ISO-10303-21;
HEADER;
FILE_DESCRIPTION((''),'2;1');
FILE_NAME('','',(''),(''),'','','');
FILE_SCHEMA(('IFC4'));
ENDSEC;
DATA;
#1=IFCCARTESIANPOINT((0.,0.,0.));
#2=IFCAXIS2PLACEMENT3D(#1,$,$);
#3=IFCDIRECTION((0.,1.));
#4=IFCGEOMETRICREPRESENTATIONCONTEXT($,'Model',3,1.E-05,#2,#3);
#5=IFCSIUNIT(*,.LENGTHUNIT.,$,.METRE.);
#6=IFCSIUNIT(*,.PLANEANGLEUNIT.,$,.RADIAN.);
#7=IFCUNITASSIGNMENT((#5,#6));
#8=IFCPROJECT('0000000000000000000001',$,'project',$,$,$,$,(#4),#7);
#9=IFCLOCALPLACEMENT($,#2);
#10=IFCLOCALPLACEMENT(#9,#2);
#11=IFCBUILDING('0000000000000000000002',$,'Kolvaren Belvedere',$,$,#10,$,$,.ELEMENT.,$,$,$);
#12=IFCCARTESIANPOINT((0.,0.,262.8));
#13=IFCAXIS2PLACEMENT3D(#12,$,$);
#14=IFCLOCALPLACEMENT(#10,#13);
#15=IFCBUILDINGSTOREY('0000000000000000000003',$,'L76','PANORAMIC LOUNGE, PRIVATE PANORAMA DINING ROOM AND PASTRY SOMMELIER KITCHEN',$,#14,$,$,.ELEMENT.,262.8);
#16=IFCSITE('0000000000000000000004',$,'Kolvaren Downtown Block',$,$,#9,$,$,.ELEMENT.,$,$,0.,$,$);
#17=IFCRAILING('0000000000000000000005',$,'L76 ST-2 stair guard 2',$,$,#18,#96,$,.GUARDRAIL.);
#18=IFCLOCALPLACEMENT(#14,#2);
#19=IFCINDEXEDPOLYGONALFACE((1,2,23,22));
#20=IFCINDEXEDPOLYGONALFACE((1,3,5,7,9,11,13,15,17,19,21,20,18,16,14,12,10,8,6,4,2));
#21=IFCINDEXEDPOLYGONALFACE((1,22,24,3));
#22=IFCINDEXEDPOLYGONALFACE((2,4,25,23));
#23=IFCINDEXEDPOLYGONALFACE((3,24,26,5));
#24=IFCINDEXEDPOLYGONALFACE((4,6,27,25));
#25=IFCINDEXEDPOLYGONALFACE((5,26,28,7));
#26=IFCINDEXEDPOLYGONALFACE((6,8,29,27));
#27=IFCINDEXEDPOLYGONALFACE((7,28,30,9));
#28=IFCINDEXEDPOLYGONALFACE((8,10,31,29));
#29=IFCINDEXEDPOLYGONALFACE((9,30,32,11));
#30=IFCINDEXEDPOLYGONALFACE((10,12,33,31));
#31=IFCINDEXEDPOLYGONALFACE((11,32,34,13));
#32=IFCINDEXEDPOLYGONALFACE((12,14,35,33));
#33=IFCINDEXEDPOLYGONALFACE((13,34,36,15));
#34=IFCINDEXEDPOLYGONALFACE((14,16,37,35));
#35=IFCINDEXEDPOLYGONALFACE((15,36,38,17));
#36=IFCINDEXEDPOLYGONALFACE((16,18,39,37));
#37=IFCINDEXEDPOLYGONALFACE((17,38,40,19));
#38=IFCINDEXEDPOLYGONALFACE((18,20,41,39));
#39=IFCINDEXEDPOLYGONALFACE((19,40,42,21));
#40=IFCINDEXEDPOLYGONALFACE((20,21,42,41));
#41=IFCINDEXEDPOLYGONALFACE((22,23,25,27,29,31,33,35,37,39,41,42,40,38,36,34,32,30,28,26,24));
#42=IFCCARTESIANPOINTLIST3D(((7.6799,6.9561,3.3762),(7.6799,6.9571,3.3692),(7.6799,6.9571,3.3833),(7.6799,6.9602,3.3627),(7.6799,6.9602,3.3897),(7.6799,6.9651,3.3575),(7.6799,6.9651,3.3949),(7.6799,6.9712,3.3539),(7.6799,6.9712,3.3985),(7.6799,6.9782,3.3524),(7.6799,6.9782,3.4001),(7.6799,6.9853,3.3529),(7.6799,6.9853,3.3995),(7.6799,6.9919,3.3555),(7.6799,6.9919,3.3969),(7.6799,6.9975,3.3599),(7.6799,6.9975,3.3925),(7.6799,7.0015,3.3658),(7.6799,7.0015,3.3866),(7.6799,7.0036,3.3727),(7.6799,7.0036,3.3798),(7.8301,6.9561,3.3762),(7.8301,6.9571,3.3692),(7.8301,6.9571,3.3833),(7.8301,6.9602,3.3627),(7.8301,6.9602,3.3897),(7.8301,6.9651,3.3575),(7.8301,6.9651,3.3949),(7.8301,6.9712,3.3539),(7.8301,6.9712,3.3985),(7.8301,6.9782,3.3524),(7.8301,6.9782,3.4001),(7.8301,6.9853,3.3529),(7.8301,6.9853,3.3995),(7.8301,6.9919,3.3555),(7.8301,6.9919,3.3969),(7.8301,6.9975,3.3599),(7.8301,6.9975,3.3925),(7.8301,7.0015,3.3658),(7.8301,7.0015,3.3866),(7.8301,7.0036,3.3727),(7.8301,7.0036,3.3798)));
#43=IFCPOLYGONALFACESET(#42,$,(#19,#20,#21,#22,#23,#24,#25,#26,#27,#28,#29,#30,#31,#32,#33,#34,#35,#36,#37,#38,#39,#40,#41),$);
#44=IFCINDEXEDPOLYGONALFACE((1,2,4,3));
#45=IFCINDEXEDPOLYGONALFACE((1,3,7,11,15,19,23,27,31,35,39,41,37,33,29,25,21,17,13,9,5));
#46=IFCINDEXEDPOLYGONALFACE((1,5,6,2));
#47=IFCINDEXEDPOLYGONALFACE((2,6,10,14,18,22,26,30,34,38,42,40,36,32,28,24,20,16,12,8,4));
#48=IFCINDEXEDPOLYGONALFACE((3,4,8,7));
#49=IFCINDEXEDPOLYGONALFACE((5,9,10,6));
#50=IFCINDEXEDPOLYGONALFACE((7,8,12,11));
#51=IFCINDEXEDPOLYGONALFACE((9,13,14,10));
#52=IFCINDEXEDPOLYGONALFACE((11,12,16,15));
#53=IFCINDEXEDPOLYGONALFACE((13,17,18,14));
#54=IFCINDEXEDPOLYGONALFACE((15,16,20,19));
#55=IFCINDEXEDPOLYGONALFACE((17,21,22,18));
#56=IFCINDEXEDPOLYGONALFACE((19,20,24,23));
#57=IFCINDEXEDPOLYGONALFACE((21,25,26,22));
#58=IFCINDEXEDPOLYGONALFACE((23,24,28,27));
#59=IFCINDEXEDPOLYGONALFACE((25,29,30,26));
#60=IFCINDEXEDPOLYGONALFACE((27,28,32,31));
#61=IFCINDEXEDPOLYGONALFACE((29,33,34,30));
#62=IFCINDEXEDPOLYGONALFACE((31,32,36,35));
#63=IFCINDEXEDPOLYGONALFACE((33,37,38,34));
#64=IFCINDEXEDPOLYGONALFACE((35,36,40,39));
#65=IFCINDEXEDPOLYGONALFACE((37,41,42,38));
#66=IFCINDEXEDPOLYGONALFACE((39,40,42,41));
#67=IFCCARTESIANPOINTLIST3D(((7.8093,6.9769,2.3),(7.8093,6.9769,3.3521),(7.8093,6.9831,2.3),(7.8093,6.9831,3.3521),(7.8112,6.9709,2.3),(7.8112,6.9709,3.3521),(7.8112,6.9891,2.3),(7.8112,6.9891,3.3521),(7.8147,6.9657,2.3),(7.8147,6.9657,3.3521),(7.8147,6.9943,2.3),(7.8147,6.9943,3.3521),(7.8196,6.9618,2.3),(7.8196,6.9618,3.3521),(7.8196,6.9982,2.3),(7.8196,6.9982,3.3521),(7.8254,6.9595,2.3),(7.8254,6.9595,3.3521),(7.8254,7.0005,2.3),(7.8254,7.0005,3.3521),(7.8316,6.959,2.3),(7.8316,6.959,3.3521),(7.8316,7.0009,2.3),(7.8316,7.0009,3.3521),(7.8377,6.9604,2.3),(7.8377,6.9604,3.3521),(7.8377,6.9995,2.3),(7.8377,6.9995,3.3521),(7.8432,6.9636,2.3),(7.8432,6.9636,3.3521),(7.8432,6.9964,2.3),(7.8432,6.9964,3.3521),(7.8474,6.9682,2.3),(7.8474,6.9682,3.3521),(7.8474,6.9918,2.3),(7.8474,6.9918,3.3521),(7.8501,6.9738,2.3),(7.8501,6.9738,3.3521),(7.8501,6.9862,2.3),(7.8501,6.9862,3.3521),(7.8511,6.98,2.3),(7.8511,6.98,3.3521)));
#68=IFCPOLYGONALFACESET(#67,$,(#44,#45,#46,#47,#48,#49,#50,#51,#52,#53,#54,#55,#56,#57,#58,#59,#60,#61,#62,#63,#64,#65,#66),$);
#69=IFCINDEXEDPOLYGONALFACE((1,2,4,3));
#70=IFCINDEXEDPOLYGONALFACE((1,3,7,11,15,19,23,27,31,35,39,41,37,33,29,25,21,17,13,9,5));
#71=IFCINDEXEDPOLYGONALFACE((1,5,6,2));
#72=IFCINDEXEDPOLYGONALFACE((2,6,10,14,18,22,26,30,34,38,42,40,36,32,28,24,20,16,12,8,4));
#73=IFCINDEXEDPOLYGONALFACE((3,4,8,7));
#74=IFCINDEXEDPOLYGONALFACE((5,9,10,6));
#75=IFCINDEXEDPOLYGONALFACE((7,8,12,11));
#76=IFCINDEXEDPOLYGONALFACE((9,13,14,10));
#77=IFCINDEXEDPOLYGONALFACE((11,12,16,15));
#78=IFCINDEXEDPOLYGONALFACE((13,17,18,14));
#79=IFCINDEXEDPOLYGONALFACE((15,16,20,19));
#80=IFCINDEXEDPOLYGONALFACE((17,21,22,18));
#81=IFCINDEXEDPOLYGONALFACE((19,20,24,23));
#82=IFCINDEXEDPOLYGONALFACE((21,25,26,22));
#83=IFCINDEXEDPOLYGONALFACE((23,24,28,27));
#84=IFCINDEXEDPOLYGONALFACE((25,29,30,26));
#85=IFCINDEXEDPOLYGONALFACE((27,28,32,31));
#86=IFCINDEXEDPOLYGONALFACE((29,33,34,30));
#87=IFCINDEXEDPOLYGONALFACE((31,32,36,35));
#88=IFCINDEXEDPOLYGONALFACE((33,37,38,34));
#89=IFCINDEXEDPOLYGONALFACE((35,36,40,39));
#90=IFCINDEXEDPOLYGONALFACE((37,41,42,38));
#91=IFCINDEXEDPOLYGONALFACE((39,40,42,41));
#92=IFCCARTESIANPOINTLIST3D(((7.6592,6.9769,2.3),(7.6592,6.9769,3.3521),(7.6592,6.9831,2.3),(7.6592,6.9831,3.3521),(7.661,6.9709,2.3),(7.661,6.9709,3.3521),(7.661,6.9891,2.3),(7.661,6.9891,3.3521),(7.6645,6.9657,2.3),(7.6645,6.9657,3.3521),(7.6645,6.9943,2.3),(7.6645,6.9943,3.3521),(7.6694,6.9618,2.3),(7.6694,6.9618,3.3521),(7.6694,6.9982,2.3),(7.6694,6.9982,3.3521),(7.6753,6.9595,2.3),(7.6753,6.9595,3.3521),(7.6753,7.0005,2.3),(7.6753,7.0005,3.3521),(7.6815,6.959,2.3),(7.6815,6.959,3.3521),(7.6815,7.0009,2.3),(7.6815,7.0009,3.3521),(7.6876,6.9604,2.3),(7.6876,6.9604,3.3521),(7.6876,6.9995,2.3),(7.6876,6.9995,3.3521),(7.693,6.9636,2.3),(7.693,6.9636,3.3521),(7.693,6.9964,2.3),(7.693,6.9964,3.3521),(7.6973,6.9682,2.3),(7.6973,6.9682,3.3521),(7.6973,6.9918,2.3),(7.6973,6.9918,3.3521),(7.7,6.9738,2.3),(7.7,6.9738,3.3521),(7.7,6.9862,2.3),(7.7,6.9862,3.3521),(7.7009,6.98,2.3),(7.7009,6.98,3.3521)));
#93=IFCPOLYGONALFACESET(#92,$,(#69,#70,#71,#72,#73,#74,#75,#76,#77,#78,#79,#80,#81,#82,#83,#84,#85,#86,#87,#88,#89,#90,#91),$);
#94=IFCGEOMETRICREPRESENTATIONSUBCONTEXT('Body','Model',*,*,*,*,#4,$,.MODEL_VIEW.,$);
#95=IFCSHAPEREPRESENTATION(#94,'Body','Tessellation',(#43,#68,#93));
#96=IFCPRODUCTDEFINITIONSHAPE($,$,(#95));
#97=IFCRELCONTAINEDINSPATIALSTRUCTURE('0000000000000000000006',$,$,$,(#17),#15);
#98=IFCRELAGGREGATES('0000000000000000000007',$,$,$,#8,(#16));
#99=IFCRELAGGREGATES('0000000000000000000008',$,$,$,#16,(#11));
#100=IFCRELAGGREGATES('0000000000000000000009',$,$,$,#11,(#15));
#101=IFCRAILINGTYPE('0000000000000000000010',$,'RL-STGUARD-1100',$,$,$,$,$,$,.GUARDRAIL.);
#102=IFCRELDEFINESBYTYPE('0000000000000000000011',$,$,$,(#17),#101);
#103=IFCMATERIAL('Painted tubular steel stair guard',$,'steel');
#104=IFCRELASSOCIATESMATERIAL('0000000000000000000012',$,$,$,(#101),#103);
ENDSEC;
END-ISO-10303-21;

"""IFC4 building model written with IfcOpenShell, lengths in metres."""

from ifc_helpers import new_model, si_unit, direction, frame, origin, origin_2d, place, context, subcontext, project, spatial, circle, extrude, material, type_object, element, save


model = new_model("IFC4")

# Units and contexts
model_context = context("Model", 3, precision=1e-05, world=origin(), true_north=direction((0.0, 1.0)))
body_context = subcontext(model_context, "Body", "Model", "MODEL_VIEW")
ifc_project = project(units=[si_unit("LENGTHUNIT", "METRE"), si_unit("PLANEANGLEUNIT", "RADIAN")], contexts=[model_context])

# Site, building, storey
site_placement = place(None, origin())
site = spatial("IfcSite", under=ifc_project, at=site_placement, Name="Kolvaren Downtown Block", CompositionType="ELEMENT", RefElevation=0.0)
building_placement = place(site_placement, origin())
building = spatial("IfcBuilding", under=site, at=building_placement, Name="Kolvaren Belvedere", CompositionType="ELEMENT")
storey_placement = place(building_placement, frame((0.0, 0.0, 262.8)))
storey = spatial("IfcBuildingStorey", under=building, at=storey_placement, Name="L76", Description="PANORAMIC LOUNGE, PRIVATE PANORAMA DINING ROOM AND PASTRY SOMMELIER KITCHEN", CompositionType="ELEMENT", Elevation=262.8)

# Railing
ifc_material_1 = material(Name="Painted tubular steel stair guard", Category="steel")
railing_type_1 = type_object("IfcRailingType", Name="RL-STGUARD-1100", PredefinedType="GUARDRAIL", material=ifc_material_1)
railing_1_placement = place(storey_placement, frame((7.8301, 6.98, 2.3)))
element("IfcRailing", 1, at=railing_1_placement, inside=storey, type_object=railing_type_1, Name="L76 ST-2 stair guard 2", PredefinedType="GUARDRAIL", context=body_context, shape_type="SweptSolid", body=[
    extrude(circle(Radius=0.0239, at=origin_2d()), frame((0.0, 0.0, 1.0762), z_axis=(-1.0, 0.0, 0.0), x_axis=(0.0, -1.0, 0.0)), (0.0, 0.0, 1.0), 0.1501),
    extrude(circle(Radius=0.021, at=origin_2d()), origin(), (0.0, 0.0, 1.0), 1.052),
    extrude(circle(Radius=0.021, at=origin_2d()), frame((-0.1501, 0.0, 0.0)), (0.0, 0.0, 1.0), 1.052),
])

save(model, "model.ifc")
